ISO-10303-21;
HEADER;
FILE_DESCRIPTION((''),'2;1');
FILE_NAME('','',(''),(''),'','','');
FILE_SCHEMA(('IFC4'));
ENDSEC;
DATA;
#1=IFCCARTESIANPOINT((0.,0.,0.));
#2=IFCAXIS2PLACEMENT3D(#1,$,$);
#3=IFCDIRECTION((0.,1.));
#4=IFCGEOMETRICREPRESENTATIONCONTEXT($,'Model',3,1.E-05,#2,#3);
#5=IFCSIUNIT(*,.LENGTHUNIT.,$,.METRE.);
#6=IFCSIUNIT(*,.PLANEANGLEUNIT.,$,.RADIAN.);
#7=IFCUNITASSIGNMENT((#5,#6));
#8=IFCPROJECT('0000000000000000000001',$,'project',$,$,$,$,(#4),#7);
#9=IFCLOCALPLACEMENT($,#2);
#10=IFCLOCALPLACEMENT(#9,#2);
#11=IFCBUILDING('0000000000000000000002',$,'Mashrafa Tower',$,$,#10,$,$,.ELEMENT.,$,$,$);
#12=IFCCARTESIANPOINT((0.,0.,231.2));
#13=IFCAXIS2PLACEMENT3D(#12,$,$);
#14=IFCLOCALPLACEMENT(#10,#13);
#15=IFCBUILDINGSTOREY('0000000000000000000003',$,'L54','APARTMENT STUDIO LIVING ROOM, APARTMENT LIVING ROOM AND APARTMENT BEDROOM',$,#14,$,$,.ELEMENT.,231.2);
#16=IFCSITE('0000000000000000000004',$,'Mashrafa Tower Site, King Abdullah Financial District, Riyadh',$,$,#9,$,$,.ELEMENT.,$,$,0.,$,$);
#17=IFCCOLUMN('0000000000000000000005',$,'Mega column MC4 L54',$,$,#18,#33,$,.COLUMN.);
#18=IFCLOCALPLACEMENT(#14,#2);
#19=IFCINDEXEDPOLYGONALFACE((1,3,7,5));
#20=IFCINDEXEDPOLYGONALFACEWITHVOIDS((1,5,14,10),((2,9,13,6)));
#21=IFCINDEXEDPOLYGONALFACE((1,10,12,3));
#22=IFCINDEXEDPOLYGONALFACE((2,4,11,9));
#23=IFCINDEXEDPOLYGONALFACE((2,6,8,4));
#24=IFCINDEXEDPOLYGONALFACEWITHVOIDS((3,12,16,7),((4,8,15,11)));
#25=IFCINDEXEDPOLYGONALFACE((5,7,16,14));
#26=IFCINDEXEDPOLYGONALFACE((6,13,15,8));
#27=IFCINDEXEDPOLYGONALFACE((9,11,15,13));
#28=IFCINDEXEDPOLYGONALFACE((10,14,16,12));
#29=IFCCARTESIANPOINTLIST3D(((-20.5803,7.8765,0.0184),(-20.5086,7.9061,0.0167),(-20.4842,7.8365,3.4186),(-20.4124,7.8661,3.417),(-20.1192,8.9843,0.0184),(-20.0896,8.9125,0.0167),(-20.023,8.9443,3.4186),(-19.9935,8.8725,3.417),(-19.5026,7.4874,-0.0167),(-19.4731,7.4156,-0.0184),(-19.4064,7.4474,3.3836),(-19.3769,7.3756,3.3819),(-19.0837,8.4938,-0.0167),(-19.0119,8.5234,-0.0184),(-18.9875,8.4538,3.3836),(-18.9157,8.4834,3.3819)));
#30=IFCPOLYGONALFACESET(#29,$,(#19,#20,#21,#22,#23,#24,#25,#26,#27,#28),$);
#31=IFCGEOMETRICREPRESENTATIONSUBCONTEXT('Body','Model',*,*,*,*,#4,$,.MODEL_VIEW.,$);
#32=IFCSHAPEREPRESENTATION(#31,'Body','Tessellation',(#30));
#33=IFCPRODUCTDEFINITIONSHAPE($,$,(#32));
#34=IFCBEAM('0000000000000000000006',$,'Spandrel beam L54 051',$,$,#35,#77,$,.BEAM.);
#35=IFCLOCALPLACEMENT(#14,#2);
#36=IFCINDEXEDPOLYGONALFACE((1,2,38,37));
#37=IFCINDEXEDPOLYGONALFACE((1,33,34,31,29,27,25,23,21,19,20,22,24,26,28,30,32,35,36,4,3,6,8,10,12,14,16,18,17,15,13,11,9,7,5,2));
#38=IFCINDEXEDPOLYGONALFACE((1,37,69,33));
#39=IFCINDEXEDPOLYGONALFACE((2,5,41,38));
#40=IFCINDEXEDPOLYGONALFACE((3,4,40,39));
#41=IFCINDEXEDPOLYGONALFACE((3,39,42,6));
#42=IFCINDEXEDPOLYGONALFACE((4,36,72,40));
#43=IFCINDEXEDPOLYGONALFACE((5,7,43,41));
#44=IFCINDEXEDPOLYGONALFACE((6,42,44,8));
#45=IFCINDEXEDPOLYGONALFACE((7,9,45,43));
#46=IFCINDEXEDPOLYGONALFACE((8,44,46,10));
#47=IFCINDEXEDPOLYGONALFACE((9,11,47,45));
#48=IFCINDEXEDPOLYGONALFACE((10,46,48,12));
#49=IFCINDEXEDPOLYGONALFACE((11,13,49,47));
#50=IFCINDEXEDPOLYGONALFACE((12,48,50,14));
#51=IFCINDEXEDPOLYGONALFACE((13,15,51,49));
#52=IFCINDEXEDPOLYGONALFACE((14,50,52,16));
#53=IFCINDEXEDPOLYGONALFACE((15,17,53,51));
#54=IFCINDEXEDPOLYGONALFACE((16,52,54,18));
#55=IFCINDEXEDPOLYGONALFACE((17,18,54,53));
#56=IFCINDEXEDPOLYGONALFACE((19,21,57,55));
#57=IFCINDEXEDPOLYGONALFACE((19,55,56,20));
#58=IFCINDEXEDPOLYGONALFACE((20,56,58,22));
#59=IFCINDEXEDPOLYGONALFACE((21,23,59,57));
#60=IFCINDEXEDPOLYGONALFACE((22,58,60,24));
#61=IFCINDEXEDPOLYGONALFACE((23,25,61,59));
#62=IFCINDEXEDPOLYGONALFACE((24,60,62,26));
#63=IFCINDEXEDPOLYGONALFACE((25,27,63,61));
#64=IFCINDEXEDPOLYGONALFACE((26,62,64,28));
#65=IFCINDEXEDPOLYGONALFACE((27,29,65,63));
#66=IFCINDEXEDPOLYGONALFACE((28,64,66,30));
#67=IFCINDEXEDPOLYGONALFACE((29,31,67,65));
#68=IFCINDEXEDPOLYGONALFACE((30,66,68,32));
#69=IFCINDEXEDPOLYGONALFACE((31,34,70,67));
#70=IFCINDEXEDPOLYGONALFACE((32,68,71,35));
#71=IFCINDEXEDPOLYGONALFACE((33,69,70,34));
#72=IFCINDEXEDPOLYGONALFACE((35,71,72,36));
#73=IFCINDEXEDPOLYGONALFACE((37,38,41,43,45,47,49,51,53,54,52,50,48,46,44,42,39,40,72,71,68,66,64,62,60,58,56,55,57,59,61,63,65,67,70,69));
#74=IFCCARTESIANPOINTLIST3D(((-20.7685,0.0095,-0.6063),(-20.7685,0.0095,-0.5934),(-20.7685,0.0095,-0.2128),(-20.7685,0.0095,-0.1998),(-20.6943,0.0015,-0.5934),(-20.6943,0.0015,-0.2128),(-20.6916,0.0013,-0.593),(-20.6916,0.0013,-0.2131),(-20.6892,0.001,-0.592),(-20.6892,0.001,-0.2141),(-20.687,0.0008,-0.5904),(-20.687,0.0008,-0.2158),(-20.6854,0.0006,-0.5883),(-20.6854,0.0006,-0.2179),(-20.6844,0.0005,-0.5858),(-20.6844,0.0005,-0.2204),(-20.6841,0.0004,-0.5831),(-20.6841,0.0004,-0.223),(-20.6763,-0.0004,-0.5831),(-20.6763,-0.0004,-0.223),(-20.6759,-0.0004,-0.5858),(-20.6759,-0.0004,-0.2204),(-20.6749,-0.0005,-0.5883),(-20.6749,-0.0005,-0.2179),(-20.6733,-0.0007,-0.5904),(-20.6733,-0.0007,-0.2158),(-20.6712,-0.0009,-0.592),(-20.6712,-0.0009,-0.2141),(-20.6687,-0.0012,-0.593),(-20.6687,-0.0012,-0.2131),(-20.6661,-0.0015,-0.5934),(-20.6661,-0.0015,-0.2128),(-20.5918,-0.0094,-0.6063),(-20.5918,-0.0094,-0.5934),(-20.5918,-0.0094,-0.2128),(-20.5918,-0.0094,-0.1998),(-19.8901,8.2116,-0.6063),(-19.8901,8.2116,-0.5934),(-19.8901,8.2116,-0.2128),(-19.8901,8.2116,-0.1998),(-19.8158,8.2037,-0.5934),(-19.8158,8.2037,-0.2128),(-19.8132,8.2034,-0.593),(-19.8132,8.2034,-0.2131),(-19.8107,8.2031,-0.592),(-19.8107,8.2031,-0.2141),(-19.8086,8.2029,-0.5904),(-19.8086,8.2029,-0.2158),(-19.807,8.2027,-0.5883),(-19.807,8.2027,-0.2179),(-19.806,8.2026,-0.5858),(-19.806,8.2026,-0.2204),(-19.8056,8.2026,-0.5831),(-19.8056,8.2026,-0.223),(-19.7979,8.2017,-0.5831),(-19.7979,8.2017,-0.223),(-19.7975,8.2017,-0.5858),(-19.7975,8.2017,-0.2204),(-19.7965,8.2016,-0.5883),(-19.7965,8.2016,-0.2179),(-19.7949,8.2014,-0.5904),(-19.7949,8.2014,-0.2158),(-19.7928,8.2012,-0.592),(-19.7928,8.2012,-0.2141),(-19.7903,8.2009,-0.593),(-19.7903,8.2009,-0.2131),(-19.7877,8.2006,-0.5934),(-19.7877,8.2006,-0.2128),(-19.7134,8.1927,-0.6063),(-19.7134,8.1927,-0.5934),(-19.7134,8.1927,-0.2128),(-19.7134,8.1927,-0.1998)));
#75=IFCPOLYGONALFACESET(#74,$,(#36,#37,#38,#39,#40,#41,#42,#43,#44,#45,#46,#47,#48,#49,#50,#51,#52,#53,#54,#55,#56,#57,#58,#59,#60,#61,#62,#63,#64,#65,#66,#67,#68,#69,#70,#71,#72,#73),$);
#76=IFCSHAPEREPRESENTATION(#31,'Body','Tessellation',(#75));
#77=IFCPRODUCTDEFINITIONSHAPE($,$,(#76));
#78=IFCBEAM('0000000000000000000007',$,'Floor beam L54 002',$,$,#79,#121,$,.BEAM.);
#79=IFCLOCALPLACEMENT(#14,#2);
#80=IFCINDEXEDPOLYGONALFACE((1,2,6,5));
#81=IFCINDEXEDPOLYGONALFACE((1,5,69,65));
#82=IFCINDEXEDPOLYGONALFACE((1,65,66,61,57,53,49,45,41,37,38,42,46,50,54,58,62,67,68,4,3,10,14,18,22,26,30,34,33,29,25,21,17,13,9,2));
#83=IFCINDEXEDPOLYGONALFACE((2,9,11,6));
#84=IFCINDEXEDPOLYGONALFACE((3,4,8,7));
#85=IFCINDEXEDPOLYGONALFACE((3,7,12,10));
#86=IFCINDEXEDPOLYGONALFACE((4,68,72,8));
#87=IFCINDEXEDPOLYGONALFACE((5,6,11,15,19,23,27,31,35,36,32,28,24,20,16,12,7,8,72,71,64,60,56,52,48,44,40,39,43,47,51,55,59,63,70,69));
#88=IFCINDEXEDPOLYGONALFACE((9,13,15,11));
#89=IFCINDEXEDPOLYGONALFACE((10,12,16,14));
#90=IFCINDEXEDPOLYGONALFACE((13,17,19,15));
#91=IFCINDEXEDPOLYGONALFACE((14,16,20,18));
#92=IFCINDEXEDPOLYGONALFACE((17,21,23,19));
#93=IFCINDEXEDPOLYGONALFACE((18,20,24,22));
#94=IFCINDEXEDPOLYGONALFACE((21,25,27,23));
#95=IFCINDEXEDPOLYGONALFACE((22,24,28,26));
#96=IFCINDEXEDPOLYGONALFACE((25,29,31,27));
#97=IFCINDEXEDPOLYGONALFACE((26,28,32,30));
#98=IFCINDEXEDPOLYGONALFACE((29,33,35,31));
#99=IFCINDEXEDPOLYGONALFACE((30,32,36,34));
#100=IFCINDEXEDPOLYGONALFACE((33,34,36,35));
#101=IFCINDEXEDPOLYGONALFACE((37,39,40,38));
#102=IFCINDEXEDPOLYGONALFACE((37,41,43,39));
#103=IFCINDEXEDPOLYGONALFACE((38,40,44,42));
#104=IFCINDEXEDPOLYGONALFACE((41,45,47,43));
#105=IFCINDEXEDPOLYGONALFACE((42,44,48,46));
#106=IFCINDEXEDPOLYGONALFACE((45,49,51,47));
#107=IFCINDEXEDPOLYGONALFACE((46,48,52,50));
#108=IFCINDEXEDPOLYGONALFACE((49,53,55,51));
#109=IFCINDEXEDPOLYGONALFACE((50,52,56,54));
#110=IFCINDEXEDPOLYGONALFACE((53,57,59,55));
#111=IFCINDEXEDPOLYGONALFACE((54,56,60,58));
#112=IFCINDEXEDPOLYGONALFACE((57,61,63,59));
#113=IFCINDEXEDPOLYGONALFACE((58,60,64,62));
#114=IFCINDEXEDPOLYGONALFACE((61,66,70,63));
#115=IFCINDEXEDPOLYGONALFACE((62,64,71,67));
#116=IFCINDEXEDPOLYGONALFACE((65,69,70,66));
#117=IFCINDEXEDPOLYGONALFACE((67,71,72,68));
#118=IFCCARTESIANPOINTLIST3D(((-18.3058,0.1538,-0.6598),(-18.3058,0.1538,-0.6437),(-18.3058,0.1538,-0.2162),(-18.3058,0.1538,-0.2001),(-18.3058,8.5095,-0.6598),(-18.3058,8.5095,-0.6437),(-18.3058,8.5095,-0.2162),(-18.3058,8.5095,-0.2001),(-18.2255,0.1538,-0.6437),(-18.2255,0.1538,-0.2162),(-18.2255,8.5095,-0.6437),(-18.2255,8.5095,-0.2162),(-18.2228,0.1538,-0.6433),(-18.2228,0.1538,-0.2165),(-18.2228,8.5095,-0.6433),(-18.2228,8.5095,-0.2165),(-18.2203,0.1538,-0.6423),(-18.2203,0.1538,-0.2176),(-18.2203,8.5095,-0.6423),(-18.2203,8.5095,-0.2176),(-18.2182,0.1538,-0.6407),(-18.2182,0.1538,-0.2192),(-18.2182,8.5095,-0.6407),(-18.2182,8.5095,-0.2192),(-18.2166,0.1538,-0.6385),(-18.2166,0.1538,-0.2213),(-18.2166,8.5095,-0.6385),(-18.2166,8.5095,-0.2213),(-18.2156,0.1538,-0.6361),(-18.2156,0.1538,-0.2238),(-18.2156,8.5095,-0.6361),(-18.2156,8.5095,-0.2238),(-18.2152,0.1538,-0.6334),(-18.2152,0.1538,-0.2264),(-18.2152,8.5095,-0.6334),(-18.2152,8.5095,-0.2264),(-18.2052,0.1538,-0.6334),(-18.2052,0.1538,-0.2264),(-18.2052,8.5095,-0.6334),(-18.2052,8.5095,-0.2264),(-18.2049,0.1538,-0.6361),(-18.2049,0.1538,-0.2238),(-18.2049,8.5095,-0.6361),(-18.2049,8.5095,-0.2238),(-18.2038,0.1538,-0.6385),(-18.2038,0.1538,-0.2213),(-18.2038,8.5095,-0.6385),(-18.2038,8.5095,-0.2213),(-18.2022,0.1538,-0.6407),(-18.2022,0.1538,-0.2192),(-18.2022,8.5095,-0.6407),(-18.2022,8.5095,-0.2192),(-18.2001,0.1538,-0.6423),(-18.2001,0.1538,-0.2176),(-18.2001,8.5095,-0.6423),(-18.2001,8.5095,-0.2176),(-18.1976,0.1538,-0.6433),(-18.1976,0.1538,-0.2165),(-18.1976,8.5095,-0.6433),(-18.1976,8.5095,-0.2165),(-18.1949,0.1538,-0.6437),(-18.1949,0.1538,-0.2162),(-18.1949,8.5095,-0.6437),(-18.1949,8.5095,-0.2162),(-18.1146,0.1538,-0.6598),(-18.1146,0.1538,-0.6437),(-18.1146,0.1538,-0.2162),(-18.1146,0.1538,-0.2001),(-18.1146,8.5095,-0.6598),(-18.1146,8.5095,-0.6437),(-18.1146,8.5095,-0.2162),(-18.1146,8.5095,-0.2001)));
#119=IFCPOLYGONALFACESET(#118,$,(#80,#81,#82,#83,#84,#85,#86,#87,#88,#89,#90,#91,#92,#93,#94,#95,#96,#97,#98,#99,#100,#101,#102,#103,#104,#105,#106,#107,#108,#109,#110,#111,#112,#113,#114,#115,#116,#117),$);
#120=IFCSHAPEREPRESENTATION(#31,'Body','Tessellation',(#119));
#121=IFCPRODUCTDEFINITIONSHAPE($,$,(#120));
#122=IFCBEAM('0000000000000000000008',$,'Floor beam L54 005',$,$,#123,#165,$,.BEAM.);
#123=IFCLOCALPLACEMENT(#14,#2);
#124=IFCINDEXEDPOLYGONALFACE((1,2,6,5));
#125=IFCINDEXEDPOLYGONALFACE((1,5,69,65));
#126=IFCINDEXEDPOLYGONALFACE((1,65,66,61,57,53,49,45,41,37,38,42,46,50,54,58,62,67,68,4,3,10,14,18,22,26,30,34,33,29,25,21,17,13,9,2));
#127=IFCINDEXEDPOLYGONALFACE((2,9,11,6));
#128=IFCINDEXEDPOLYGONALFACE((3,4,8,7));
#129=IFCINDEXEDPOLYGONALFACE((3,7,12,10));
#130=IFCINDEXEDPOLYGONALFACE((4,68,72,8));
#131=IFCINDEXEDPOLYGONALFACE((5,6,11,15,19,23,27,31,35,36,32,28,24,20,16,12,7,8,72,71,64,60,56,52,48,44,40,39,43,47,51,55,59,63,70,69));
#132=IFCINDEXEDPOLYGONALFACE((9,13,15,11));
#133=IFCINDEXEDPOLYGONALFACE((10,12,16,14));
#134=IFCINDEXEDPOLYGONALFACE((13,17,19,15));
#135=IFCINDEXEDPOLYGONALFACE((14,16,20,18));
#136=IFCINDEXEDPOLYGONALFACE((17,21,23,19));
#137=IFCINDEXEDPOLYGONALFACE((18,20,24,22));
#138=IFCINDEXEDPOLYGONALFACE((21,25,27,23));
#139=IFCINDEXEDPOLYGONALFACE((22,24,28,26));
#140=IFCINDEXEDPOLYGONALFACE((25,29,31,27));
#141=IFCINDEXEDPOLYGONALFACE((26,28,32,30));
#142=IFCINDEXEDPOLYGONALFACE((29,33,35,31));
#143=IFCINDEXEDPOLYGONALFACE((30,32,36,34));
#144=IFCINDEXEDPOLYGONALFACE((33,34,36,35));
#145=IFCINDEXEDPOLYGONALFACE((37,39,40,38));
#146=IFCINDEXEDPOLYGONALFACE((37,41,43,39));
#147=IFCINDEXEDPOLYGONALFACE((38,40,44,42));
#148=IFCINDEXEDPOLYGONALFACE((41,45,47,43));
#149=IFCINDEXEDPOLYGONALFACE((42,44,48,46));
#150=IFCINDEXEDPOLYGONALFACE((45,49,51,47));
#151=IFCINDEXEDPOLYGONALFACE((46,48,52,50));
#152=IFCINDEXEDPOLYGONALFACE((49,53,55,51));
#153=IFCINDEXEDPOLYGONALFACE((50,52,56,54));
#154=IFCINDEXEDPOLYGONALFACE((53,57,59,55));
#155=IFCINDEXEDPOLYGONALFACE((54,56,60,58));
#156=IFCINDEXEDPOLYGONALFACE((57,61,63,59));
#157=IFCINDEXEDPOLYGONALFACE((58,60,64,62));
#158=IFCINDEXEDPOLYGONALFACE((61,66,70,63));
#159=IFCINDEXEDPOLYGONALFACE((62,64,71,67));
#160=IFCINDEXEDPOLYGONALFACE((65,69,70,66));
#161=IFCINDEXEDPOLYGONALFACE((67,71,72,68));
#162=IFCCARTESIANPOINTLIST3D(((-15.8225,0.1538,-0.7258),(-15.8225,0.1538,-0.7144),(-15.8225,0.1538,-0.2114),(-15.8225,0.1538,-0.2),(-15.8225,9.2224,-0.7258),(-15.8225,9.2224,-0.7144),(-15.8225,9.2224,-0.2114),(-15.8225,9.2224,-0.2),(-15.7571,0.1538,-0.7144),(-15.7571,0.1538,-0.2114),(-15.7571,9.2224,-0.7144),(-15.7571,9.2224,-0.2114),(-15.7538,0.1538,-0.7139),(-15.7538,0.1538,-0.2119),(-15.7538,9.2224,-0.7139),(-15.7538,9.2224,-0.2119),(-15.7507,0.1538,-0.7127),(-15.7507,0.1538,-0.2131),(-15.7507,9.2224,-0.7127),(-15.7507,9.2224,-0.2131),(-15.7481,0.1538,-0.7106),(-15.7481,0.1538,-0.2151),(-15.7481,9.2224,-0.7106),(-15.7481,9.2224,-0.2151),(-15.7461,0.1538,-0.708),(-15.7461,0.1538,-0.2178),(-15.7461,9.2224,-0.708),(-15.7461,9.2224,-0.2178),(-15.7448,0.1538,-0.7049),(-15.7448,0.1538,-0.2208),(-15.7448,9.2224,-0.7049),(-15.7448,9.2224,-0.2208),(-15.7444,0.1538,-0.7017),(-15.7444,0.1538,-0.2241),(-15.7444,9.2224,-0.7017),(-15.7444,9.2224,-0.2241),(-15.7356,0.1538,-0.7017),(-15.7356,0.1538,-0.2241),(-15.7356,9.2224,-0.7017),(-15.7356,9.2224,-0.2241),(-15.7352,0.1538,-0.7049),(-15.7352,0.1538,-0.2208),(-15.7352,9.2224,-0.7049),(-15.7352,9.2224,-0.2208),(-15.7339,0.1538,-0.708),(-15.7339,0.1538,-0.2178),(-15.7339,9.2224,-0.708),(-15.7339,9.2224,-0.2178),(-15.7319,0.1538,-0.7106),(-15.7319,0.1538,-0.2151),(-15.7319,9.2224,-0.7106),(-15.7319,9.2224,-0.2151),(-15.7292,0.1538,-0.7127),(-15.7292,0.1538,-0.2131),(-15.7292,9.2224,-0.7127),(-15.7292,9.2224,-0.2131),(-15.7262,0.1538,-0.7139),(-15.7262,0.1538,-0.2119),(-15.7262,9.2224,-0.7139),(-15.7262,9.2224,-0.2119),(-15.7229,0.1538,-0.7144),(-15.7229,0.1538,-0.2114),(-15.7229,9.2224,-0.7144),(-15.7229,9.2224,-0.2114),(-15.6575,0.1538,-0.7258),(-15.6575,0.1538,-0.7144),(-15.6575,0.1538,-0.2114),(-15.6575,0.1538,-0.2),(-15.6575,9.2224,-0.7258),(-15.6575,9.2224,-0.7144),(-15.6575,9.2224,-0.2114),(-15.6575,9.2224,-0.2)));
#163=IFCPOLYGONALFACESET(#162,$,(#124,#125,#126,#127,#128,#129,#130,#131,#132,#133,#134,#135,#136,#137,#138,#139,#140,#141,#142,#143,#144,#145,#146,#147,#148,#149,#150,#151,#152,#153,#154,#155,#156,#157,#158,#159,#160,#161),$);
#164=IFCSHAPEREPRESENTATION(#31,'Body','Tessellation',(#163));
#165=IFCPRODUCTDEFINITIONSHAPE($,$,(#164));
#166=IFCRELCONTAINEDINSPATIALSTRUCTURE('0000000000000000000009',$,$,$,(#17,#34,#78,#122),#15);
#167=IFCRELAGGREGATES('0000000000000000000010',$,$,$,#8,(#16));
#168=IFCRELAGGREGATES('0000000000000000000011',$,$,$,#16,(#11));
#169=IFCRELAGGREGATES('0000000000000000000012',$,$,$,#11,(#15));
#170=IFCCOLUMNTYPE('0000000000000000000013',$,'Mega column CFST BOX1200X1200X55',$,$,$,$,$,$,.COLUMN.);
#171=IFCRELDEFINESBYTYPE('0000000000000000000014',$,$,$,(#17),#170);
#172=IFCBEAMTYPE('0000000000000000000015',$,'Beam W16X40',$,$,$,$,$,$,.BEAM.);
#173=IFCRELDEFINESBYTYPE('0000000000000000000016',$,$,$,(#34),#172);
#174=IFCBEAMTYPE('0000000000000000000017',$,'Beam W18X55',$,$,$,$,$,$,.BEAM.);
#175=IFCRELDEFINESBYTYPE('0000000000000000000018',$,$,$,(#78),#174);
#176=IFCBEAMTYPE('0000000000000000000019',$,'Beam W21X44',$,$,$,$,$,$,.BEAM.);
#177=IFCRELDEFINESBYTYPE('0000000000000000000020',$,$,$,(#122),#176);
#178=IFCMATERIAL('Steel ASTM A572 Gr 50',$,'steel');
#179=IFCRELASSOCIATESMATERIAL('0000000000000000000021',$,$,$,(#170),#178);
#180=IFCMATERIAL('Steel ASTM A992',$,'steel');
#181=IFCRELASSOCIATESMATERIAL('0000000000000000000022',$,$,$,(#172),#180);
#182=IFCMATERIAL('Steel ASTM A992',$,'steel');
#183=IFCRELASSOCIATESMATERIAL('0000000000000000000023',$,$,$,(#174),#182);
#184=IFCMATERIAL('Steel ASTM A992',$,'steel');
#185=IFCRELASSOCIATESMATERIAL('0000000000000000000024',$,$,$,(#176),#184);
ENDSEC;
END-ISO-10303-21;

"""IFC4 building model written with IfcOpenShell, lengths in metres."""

from ifc_helpers import new_model, si_unit, direction, frame, origin, origin_2d, place, context, subcontext, project, spatial, hollow_rectangle, i_section, extrude, material, material_profile, profile_set, type_object, element, save


model = new_model("IFC4")

# Units and contexts
model_context = context("Model", 3, precision=1e-05, world=origin(), true_north=direction((0.0, 1.0)))
body_context = subcontext(model_context, "Body", "Model", "MODEL_VIEW")
ifc_project = project(units=[si_unit("LENGTHUNIT", "METRE"), si_unit("PLANEANGLEUNIT", "RADIAN")], contexts=[model_context])

# Site, building, storey
site_placement = place(None, origin())
site = spatial("IfcSite", under=ifc_project, at=site_placement, Name="Mashrafa Tower Site, King Abdullah Financial District, Riyadh", CompositionType="ELEMENT", RefElevation=0.0)
building_placement = place(site_placement, origin())
building = spatial("IfcBuilding", under=site, at=building_placement, Name="Mashrafa Tower", CompositionType="ELEMENT")
storey_placement = place(building_placement, frame((0.0, 0.0, 231.2)))
storey = spatial("IfcBuildingStorey", under=building, at=storey_placement, Name="L54", Description="APARTMENT STUDIO LIVING ROOM, APARTMENT LIVING ROOM AND APARTMENT BEDROOM", CompositionType="ELEMENT", Elevation=231.2)

# Column
ifc_material_1 = material(Name="Steel ASTM A572 Gr 50", Category="steel")
ifc_material_profile_1 = material_profile(ifc_material_1, hollow_rectangle(XDim=1.2, YDim=1.2, WallThickness=0.0549, at=origin_2d()), Name="BOX1200X1200X55")
ifc_profile_set_1 = profile_set([ifc_material_profile_1], Name="Steel ASTM A572 Gr 50")
column_type = type_object("IfcColumnType", Name="Mega column CFST BOX1200X1200X55", PredefinedType="COLUMN", material=ifc_profile_set_1)
column_placement = place(storey_placement, frame((-19.7961, 8.2, 0.0), z_axis=(0.028277, -0.01177, 0.999531), x_axis=(0.384283, 0.923216, 0.0)))
element("IfcColumn", 1, at=column_placement, inside=storey, type_object=column_type, Name="Mega column MC4 L54", PredefinedType="COLUMN", context=body_context, shape_type="SweptSolid", body=[
    extrude(hollow_rectangle(XDim=1.2, YDim=1.2, WallThickness=0.0549, at=origin_2d()), origin(), (0.0, 0.0, 1.0), 3.4019),
])

# Beams
ifc_material_2 = material(Name="Steel ASTM A992", Category="steel")
ifc_material_profile_2 = material_profile(ifc_material_2, i_section(OverallWidth=0.1777, OverallDepth=0.4065, WebThickness=0.0078, FlangeThickness=0.0129, FilletRadius=0.0103, at=origin_2d()), Name="W16X40")
ifc_profile_set_2 = profile_set([ifc_material_profile_2], Name="Steel ASTM A992")
beam_type_1 = type_object("IfcBeamType", Name="Beam W16X40", PredefinedType="BEAM", material=ifc_profile_set_2)
beam_1_placement = place(storey_placement, frame((-19.8018, 8.2021, -0.4031), z_axis=(-0.106487, -0.994314, 0.0), x_axis=(0.994314, -0.106487, 0.0)))
element("IfcBeam", 2, at=beam_1_placement, inside=storey, type_object=beam_type_1, Name="Spandrel beam L54 051", PredefinedType="BEAM", context=body_context, shape_type="SweptSolid", body=[
    extrude(i_section(OverallWidth=0.1777, OverallDepth=0.4065, WebThickness=0.0078, FlangeThickness=0.0129, FilletRadius=0.0103, at=origin_2d()), origin(), (0.0, 0.0, 1.0), 8.249),
])
ifc_material_3 = material(Name="Steel ASTM A992", Category="steel")
ifc_material_profile_3 = material_profile(ifc_material_3, i_section(OverallWidth=0.1912, OverallDepth=0.4597, WebThickness=0.01, FlangeThickness=0.0161, FilletRadius=0.0103, at=origin_2d()), Name="W18X55")
ifc_profile_set_3 = profile_set([ifc_material_profile_3], Name="Steel ASTM A992")
beam_type_2 = type_object("IfcBeamType", Name="Beam W18X55", PredefinedType="BEAM", material=ifc_profile_set_3)
beam_2_placement = place(storey_placement, frame((-18.2102, 0.1538, -0.4299), z_axis=(0.0, 1.0, 0.0), x_axis=(-1.0, 0.0, 0.0)))
element("IfcBeam", 3, at=beam_2_placement, inside=storey, type_object=beam_type_2, Name="Floor beam L54 002", PredefinedType="BEAM", context=body_context, shape_type="SweptSolid", body=[
    extrude(i_section(OverallWidth=0.1912, OverallDepth=0.4597, WebThickness=0.01, FlangeThickness=0.0161, FilletRadius=0.0103, at=origin_2d()), origin(), (0.0, 0.0, 1.0), 8.3557),
])
ifc_material_4 = material(Name="Steel ASTM A992", Category="steel")
ifc_material_profile_4 = material_profile(ifc_material_4, i_section(OverallWidth=0.165, OverallDepth=0.5259, WebThickness=0.0088, FlangeThickness=0.0115, FilletRadius=0.0127, at=origin_2d()), Name="W21X44")
ifc_profile_set_4 = profile_set([ifc_material_profile_4], Name="Steel ASTM A992")
beam_type_3 = type_object("IfcBeamType", Name="Beam W21X44", PredefinedType="BEAM", material=ifc_profile_set_4)
beam_3_placement = place(storey_placement, frame((-15.74, 0.1538, -0.4629), z_axis=(0.0, 1.0, 0.0), x_axis=(-1.0, 0.0, 0.0)))
element("IfcBeam", 4, at=beam_3_placement, inside=storey, type_object=beam_type_3, Name="Floor beam L54 005", PredefinedType="BEAM", context=body_context, shape_type="SweptSolid", body=[
    extrude(i_section(OverallWidth=0.165, OverallDepth=0.5259, WebThickness=0.0088, FlangeThickness=0.0115, FilletRadius=0.0127, at=origin_2d()), origin(), (0.0, 0.0, 1.0), 9.0686),
])

save(model, "model.ifc")
